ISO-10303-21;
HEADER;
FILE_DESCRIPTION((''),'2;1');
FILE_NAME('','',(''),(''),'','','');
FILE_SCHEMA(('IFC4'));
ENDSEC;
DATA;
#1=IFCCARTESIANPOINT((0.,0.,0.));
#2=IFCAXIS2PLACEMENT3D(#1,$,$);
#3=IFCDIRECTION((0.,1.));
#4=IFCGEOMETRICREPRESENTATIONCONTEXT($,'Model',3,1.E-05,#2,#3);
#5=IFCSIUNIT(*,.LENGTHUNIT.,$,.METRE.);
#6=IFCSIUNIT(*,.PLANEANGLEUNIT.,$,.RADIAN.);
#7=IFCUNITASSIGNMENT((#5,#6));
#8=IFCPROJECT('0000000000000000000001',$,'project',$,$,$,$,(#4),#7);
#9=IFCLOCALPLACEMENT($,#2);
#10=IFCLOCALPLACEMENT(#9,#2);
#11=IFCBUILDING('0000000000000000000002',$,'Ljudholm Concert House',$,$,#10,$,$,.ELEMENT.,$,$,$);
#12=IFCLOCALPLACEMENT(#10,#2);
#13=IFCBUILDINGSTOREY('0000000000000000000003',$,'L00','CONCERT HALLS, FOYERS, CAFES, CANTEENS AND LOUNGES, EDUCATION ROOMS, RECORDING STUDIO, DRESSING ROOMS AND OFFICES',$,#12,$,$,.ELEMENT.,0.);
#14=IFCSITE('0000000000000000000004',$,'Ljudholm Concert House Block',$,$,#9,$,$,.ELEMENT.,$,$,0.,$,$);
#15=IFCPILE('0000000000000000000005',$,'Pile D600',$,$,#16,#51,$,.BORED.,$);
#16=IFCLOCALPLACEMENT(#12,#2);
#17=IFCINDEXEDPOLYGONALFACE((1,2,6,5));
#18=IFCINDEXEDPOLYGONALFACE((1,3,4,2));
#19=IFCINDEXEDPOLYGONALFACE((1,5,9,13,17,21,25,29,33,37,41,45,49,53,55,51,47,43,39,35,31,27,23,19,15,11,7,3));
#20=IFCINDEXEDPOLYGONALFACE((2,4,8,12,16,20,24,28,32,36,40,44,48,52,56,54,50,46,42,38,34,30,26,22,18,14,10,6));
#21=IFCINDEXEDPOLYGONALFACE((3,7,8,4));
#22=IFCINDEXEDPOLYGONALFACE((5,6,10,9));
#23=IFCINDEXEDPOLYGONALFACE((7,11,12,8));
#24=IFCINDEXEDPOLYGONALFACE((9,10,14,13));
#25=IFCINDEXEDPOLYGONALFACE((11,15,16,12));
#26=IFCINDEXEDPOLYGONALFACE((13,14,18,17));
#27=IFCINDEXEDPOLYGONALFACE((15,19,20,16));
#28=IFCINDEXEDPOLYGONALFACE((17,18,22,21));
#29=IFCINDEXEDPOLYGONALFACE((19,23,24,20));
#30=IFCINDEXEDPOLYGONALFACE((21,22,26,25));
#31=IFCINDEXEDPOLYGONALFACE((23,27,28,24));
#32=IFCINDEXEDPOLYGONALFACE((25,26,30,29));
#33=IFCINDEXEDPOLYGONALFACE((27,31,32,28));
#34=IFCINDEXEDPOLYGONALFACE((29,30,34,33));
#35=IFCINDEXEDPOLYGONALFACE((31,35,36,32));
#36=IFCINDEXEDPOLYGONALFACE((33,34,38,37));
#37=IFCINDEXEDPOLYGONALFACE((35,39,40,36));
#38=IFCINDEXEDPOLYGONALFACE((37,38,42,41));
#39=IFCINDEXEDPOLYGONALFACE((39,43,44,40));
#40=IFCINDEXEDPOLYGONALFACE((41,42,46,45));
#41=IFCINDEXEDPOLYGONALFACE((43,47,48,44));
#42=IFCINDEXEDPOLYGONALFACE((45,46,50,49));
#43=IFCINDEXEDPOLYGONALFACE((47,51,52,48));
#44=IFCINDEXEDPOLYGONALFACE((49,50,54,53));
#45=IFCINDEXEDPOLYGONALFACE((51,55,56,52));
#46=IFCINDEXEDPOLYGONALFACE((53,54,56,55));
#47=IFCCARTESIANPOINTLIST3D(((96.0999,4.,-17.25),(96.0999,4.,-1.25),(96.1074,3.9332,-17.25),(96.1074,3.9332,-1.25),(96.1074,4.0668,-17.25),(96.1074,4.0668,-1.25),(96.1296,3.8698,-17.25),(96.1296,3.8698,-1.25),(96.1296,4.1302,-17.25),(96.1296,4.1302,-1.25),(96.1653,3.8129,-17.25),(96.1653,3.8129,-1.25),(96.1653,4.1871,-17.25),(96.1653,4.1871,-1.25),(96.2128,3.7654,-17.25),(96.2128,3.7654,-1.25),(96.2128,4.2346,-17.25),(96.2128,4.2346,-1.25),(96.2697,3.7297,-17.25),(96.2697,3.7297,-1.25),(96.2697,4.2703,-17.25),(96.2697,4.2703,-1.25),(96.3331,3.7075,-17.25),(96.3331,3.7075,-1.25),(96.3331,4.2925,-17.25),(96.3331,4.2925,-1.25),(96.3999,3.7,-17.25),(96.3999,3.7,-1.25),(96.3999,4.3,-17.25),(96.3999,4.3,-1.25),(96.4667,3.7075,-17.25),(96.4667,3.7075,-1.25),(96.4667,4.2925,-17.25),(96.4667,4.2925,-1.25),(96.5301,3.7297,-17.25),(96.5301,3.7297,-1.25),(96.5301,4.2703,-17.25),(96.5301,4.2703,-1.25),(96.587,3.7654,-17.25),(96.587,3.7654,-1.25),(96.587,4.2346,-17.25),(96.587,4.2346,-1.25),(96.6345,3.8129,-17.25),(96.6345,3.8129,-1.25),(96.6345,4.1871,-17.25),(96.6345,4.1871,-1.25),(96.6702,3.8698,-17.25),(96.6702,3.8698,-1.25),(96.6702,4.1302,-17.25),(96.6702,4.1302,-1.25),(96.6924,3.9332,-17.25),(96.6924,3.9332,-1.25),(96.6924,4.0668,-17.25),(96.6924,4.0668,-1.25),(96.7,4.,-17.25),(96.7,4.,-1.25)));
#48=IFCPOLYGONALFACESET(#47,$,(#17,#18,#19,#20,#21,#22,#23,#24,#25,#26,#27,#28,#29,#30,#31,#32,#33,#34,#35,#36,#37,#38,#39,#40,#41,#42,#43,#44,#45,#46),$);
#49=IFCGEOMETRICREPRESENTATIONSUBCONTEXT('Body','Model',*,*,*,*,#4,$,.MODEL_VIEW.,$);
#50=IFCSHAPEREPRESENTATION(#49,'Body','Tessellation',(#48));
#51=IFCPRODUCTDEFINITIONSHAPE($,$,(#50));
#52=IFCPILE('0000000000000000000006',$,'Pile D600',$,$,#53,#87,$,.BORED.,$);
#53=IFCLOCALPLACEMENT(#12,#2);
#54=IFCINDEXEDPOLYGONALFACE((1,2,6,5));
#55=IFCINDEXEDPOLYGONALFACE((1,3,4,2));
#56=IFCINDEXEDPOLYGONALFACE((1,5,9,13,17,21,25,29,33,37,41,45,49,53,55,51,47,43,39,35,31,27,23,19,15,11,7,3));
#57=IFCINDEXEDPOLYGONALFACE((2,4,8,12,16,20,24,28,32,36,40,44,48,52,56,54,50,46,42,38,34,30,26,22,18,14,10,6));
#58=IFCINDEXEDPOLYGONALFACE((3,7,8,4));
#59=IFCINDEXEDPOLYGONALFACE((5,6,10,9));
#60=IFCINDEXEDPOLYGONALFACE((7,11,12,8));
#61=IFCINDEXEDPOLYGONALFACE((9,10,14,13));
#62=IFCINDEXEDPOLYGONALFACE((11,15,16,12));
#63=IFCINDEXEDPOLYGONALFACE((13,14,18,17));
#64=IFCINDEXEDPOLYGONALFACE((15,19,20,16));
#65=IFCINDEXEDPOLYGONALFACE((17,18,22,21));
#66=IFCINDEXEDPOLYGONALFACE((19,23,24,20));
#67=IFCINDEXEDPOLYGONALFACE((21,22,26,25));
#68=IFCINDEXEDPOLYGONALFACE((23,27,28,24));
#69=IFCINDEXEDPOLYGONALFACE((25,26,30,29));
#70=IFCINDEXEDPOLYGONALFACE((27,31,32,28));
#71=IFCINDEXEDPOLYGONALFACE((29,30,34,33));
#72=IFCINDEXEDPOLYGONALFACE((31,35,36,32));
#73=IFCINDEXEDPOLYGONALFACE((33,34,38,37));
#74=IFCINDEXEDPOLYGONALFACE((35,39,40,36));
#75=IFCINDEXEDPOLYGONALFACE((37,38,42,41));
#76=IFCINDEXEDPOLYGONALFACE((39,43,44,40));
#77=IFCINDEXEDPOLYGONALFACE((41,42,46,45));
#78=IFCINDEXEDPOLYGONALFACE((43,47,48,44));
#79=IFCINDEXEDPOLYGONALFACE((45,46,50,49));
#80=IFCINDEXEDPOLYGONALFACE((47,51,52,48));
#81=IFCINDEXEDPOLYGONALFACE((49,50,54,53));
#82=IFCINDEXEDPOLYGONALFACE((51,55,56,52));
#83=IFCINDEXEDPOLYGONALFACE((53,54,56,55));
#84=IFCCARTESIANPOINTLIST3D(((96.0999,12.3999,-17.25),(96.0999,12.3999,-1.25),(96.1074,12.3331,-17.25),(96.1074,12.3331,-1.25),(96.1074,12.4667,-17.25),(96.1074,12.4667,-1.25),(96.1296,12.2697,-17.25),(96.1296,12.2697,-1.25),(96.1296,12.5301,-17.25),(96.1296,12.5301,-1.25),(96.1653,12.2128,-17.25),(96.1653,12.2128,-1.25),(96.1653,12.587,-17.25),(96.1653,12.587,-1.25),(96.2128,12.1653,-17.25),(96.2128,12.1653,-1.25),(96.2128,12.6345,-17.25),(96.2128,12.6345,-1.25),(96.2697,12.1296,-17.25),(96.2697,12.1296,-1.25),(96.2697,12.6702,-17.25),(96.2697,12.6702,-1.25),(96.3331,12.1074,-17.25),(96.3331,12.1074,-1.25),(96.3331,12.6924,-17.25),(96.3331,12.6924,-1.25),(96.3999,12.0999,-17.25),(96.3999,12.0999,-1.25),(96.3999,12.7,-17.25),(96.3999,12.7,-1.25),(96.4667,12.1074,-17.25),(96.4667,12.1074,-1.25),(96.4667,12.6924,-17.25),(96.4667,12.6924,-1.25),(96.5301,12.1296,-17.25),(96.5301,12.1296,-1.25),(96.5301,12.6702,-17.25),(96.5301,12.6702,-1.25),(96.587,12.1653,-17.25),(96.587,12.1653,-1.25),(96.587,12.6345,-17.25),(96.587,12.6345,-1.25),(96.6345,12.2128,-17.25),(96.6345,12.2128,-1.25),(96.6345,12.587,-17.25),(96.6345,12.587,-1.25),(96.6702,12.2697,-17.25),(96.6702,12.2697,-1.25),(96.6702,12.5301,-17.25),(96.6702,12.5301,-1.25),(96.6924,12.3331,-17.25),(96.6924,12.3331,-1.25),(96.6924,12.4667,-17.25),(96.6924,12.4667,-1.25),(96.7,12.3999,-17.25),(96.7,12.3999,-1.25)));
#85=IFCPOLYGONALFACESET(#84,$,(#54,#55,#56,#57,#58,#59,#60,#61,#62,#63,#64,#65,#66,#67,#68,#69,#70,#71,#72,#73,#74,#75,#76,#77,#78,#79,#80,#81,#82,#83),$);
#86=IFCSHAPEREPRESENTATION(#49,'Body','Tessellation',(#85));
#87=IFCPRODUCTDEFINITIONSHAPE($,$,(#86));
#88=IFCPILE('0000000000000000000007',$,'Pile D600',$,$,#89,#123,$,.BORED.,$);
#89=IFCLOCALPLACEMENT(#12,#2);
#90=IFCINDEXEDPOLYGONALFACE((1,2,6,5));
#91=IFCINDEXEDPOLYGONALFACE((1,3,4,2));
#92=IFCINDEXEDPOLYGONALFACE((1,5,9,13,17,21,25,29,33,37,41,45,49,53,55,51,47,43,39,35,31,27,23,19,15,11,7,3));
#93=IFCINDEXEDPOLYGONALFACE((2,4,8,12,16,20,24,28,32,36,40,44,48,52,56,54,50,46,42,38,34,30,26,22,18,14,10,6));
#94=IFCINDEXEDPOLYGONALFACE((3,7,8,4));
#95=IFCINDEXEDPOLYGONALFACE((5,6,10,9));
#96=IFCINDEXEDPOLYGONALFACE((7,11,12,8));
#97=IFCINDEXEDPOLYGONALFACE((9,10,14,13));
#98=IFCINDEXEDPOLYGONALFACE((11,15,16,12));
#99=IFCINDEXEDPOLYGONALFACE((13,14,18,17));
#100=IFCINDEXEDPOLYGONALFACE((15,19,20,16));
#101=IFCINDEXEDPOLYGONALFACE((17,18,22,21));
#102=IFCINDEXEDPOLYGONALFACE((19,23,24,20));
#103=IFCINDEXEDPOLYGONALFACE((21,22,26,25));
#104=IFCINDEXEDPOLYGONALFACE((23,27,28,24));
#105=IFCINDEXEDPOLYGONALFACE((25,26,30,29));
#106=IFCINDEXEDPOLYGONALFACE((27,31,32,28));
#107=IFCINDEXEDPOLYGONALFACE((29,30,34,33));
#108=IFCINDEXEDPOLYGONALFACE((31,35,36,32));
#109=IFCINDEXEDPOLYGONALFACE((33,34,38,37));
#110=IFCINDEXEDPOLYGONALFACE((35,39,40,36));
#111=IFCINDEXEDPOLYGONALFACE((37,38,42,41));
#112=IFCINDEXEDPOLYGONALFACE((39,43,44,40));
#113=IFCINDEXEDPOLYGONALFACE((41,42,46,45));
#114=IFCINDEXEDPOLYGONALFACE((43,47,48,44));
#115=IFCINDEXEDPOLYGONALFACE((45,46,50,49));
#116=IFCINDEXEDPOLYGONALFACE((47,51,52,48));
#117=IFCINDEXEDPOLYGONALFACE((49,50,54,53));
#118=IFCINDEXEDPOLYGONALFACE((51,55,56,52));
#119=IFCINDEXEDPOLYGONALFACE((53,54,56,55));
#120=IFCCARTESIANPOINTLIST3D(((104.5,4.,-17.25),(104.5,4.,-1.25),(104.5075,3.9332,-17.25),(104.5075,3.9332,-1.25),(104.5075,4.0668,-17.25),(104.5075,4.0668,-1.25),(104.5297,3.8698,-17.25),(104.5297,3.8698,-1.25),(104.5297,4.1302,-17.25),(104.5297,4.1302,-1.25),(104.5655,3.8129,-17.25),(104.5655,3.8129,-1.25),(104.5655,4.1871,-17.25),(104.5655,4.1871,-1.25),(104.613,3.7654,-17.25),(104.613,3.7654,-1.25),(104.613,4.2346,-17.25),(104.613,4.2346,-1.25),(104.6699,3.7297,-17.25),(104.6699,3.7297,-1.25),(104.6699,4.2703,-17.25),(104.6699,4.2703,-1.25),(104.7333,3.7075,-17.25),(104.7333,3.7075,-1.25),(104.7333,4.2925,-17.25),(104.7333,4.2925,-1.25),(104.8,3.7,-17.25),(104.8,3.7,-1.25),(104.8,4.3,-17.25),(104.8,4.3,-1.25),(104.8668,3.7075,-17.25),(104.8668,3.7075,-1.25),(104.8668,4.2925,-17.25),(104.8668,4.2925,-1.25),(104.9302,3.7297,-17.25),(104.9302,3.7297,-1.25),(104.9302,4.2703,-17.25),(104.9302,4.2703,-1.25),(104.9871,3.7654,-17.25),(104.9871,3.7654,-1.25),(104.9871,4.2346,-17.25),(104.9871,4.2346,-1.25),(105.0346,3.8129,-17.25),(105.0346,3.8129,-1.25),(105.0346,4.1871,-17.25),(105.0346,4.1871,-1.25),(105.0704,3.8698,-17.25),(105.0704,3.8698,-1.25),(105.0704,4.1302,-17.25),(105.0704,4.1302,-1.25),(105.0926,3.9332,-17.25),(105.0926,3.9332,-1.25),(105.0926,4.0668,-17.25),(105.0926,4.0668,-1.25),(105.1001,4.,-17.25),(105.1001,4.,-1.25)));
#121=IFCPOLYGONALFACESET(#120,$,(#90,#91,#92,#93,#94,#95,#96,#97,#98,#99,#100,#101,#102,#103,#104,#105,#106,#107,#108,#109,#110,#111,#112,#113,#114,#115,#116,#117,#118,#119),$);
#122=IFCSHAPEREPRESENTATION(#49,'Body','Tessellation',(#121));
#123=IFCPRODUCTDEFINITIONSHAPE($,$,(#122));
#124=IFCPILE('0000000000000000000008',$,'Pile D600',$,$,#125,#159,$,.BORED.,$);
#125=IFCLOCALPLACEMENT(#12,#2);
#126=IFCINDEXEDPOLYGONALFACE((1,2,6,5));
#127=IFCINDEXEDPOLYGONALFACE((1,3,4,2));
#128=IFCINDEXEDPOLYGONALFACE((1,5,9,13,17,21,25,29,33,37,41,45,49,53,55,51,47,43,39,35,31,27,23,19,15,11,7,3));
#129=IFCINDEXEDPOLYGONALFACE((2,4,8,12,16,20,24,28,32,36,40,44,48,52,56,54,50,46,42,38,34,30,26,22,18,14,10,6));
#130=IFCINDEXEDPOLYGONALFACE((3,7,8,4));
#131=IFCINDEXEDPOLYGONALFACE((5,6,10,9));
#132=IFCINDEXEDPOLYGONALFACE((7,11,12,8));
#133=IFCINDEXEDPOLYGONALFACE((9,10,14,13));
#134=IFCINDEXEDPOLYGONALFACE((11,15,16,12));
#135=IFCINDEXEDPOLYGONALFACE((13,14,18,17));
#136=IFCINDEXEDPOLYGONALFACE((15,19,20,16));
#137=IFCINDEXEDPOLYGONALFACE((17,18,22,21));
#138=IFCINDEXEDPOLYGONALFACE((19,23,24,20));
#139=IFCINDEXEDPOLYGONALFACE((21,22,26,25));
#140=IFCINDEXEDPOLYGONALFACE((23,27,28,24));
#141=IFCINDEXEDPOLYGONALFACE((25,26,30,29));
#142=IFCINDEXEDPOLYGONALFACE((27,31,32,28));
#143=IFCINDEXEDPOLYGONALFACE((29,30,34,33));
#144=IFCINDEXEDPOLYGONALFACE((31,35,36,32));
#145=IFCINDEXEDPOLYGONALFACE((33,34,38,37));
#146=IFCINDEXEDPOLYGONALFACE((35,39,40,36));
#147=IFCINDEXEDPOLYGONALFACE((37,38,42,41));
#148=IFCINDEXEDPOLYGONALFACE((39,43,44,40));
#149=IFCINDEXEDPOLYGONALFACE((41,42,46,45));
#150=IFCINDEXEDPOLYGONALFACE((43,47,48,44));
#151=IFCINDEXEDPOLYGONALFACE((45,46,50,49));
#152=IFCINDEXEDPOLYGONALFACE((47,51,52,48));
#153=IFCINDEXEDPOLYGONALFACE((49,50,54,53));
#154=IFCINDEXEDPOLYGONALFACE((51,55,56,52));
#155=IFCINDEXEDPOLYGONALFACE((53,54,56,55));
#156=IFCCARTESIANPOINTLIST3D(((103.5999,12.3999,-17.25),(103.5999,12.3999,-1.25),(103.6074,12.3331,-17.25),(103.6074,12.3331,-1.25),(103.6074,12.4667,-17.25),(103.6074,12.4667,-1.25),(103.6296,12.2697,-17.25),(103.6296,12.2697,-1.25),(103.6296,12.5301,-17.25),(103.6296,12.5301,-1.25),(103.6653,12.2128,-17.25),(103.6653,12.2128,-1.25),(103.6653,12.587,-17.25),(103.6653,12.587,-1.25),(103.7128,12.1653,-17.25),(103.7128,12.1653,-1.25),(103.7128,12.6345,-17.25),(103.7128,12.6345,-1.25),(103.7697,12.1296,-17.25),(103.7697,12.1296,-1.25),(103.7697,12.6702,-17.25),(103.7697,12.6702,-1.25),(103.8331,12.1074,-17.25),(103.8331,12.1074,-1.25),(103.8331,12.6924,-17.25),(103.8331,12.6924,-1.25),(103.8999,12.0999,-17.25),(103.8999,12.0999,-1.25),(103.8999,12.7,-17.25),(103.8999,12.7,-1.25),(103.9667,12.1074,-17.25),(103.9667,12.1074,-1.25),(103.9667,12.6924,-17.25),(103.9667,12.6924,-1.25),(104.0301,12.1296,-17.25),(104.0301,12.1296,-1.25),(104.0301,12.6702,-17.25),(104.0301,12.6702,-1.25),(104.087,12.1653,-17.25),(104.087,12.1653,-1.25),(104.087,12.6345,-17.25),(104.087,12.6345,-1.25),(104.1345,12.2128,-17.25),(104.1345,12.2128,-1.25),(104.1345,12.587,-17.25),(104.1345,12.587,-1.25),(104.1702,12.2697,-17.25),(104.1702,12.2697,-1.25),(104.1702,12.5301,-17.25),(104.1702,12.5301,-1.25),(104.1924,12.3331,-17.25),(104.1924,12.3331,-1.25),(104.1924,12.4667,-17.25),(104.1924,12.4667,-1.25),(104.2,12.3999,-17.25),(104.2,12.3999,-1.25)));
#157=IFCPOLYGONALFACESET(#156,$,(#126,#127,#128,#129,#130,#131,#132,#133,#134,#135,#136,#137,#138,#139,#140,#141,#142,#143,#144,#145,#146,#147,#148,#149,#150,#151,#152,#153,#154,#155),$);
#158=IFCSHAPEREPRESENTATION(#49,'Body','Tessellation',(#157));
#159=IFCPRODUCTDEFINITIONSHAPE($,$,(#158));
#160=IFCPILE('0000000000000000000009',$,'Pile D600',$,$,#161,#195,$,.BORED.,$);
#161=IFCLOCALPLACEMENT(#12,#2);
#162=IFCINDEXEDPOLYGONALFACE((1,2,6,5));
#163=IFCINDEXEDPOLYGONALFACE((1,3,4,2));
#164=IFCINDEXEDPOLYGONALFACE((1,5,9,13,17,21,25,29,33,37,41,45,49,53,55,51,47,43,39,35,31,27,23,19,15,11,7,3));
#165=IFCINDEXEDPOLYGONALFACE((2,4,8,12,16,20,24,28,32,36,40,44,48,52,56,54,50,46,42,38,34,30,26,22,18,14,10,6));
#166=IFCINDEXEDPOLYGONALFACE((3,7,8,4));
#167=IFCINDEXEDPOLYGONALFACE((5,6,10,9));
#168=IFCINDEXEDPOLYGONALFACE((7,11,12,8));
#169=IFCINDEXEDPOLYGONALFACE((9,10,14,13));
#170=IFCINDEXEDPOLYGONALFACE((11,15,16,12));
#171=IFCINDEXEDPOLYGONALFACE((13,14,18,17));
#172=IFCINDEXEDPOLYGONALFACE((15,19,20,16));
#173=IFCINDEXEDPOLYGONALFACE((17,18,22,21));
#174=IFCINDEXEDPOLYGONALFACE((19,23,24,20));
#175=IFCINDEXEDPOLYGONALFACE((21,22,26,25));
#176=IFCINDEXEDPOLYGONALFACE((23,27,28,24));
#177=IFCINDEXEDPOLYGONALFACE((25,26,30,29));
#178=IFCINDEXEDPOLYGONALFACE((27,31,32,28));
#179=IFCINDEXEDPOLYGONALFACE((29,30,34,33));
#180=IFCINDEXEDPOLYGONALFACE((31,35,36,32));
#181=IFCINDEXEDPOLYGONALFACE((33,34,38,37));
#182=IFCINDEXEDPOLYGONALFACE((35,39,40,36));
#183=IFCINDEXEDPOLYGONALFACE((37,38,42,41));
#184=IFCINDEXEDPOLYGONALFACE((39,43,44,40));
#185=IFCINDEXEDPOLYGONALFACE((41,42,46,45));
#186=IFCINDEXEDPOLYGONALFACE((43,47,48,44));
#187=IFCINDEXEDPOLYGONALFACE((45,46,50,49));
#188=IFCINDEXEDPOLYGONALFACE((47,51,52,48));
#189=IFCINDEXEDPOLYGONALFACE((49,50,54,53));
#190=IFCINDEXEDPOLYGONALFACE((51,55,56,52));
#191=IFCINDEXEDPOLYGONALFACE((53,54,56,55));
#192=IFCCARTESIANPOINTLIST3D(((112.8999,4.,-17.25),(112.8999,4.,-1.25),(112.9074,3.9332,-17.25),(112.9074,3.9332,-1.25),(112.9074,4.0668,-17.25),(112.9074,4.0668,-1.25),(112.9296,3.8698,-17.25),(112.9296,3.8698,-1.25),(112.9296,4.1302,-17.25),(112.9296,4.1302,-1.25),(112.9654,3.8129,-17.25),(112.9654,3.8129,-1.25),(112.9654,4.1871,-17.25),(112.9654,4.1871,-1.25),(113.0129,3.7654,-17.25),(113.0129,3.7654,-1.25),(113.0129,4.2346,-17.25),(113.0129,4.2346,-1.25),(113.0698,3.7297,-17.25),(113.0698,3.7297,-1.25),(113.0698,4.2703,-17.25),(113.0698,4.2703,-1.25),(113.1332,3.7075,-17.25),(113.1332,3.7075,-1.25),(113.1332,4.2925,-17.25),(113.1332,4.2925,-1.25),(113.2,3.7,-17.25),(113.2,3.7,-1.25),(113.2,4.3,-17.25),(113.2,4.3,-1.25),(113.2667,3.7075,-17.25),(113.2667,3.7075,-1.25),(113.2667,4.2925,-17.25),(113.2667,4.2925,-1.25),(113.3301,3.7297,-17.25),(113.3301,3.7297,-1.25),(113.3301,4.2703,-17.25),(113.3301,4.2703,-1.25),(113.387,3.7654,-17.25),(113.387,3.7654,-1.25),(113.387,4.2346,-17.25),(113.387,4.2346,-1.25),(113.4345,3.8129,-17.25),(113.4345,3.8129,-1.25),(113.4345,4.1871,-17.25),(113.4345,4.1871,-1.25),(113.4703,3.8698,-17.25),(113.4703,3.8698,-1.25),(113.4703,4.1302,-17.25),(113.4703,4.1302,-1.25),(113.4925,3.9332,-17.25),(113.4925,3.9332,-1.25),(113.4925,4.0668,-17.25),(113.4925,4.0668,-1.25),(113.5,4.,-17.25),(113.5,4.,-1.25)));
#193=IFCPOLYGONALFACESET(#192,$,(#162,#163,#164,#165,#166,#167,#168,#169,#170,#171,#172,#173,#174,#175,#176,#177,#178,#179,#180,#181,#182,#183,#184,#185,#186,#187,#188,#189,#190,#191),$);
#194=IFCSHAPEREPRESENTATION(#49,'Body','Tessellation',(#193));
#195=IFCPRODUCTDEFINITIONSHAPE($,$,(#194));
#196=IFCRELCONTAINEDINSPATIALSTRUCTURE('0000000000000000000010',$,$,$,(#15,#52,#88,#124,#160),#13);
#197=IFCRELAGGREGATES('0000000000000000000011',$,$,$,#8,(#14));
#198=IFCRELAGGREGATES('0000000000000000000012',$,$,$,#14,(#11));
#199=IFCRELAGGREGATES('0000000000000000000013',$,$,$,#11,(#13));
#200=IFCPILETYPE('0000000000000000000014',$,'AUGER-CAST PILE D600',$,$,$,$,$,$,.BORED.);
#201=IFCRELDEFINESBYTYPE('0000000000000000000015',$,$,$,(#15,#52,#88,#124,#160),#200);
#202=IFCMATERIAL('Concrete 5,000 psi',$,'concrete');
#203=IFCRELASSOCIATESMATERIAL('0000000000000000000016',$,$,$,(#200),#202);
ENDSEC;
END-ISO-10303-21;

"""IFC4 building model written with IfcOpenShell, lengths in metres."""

from ifc_helpers import new_model, si_unit, direction, frame, origin, origin_2d, place, context, subcontext, project, spatial, circle, extrude, material, material_profile, profile_set, type_object, element, save


model = new_model("IFC4")

# Units and contexts
model_context = context("Model", 3, precision=1e-05, world=origin(), true_north=direction((0.0, 1.0)))
body_context = subcontext(model_context, "Body", "Model", "MODEL_VIEW")
ifc_project = project(units=[si_unit("LENGTHUNIT", "METRE"), si_unit("PLANEANGLEUNIT", "RADIAN")], contexts=[model_context])

# Site, building, storey
site_placement = place(None, origin())
site = spatial("IfcSite", under=ifc_project, at=site_placement, Name="Ljudholm Concert House Block", CompositionType="ELEMENT", RefElevation=0.0)
building_placement = place(site_placement, origin())
building = spatial("IfcBuilding", under=site, at=building_placement, Name="Ljudholm Concert House", CompositionType="ELEMENT")
storey_placement = place(building_placement, origin())
storey = spatial("IfcBuildingStorey", under=building, at=storey_placement, Name="L00", Description="CONCERT HALLS, FOYERS, CAFES, CANTEENS AND LOUNGES, EDUCATION ROOMS, RECORDING STUDIO, DRESSING ROOMS AND OFFICES", CompositionType="ELEMENT", Elevation=0.0)

# Piles
ifc_material_1 = material(Name="Concrete 5,000 psi", Category="concrete")
ifc_material_profile_1 = material_profile(ifc_material_1, circle(Radius=0.3, at=origin_2d()), Name="AUGER-CAST PILE D600")
ifc_profile_set_1 = profile_set([ifc_material_profile_1], Name="Concrete 5,000 psi")
pile_type = type_object("IfcPileType", Name="AUGER-CAST PILE D600", PredefinedType="BORED", material=ifc_profile_set_1)
for number, where, z_axis, x_axis, name in (
    (1, (96.3999, 4.0, -1.25), (0.0, 0.0, -1.0), (1.0, 0.0, 0.0), "Pile D600"),
    (2, (96.3999, 12.3999, -1.25), (0.0, 0.0, -1.0), (1.0, 0.0, 0.0), "Pile D600"),
    (3, (104.8, 4.0, -1.25), (0.0, 0.0, -1.0), (1.0, 0.0, 0.0), "Pile D600"),
    (4, (103.8999, 12.3999, -1.25), (0.0, 0.0, -1.0), (1.0, 0.0, 0.0), "Pile D600"),
    (5, (113.2, 4.0, -1.25), (0.0, 0.0, -1.0), (1.0, 0.0, 0.0), "Pile D600"),
):
    element("IfcPile", number, at=place(storey_placement, frame(where, z_axis=z_axis, x_axis=x_axis)), inside=storey, type_object=pile_type, Name=name, PredefinedType="BORED", context=body_context, shape_type="SweptSolid", body=[
        extrude(circle(Radius=0.3, at=origin_2d()), origin(), (0.0, 0.0, 1.0), 16.0),
    ])

save(model, "model.ifc")
